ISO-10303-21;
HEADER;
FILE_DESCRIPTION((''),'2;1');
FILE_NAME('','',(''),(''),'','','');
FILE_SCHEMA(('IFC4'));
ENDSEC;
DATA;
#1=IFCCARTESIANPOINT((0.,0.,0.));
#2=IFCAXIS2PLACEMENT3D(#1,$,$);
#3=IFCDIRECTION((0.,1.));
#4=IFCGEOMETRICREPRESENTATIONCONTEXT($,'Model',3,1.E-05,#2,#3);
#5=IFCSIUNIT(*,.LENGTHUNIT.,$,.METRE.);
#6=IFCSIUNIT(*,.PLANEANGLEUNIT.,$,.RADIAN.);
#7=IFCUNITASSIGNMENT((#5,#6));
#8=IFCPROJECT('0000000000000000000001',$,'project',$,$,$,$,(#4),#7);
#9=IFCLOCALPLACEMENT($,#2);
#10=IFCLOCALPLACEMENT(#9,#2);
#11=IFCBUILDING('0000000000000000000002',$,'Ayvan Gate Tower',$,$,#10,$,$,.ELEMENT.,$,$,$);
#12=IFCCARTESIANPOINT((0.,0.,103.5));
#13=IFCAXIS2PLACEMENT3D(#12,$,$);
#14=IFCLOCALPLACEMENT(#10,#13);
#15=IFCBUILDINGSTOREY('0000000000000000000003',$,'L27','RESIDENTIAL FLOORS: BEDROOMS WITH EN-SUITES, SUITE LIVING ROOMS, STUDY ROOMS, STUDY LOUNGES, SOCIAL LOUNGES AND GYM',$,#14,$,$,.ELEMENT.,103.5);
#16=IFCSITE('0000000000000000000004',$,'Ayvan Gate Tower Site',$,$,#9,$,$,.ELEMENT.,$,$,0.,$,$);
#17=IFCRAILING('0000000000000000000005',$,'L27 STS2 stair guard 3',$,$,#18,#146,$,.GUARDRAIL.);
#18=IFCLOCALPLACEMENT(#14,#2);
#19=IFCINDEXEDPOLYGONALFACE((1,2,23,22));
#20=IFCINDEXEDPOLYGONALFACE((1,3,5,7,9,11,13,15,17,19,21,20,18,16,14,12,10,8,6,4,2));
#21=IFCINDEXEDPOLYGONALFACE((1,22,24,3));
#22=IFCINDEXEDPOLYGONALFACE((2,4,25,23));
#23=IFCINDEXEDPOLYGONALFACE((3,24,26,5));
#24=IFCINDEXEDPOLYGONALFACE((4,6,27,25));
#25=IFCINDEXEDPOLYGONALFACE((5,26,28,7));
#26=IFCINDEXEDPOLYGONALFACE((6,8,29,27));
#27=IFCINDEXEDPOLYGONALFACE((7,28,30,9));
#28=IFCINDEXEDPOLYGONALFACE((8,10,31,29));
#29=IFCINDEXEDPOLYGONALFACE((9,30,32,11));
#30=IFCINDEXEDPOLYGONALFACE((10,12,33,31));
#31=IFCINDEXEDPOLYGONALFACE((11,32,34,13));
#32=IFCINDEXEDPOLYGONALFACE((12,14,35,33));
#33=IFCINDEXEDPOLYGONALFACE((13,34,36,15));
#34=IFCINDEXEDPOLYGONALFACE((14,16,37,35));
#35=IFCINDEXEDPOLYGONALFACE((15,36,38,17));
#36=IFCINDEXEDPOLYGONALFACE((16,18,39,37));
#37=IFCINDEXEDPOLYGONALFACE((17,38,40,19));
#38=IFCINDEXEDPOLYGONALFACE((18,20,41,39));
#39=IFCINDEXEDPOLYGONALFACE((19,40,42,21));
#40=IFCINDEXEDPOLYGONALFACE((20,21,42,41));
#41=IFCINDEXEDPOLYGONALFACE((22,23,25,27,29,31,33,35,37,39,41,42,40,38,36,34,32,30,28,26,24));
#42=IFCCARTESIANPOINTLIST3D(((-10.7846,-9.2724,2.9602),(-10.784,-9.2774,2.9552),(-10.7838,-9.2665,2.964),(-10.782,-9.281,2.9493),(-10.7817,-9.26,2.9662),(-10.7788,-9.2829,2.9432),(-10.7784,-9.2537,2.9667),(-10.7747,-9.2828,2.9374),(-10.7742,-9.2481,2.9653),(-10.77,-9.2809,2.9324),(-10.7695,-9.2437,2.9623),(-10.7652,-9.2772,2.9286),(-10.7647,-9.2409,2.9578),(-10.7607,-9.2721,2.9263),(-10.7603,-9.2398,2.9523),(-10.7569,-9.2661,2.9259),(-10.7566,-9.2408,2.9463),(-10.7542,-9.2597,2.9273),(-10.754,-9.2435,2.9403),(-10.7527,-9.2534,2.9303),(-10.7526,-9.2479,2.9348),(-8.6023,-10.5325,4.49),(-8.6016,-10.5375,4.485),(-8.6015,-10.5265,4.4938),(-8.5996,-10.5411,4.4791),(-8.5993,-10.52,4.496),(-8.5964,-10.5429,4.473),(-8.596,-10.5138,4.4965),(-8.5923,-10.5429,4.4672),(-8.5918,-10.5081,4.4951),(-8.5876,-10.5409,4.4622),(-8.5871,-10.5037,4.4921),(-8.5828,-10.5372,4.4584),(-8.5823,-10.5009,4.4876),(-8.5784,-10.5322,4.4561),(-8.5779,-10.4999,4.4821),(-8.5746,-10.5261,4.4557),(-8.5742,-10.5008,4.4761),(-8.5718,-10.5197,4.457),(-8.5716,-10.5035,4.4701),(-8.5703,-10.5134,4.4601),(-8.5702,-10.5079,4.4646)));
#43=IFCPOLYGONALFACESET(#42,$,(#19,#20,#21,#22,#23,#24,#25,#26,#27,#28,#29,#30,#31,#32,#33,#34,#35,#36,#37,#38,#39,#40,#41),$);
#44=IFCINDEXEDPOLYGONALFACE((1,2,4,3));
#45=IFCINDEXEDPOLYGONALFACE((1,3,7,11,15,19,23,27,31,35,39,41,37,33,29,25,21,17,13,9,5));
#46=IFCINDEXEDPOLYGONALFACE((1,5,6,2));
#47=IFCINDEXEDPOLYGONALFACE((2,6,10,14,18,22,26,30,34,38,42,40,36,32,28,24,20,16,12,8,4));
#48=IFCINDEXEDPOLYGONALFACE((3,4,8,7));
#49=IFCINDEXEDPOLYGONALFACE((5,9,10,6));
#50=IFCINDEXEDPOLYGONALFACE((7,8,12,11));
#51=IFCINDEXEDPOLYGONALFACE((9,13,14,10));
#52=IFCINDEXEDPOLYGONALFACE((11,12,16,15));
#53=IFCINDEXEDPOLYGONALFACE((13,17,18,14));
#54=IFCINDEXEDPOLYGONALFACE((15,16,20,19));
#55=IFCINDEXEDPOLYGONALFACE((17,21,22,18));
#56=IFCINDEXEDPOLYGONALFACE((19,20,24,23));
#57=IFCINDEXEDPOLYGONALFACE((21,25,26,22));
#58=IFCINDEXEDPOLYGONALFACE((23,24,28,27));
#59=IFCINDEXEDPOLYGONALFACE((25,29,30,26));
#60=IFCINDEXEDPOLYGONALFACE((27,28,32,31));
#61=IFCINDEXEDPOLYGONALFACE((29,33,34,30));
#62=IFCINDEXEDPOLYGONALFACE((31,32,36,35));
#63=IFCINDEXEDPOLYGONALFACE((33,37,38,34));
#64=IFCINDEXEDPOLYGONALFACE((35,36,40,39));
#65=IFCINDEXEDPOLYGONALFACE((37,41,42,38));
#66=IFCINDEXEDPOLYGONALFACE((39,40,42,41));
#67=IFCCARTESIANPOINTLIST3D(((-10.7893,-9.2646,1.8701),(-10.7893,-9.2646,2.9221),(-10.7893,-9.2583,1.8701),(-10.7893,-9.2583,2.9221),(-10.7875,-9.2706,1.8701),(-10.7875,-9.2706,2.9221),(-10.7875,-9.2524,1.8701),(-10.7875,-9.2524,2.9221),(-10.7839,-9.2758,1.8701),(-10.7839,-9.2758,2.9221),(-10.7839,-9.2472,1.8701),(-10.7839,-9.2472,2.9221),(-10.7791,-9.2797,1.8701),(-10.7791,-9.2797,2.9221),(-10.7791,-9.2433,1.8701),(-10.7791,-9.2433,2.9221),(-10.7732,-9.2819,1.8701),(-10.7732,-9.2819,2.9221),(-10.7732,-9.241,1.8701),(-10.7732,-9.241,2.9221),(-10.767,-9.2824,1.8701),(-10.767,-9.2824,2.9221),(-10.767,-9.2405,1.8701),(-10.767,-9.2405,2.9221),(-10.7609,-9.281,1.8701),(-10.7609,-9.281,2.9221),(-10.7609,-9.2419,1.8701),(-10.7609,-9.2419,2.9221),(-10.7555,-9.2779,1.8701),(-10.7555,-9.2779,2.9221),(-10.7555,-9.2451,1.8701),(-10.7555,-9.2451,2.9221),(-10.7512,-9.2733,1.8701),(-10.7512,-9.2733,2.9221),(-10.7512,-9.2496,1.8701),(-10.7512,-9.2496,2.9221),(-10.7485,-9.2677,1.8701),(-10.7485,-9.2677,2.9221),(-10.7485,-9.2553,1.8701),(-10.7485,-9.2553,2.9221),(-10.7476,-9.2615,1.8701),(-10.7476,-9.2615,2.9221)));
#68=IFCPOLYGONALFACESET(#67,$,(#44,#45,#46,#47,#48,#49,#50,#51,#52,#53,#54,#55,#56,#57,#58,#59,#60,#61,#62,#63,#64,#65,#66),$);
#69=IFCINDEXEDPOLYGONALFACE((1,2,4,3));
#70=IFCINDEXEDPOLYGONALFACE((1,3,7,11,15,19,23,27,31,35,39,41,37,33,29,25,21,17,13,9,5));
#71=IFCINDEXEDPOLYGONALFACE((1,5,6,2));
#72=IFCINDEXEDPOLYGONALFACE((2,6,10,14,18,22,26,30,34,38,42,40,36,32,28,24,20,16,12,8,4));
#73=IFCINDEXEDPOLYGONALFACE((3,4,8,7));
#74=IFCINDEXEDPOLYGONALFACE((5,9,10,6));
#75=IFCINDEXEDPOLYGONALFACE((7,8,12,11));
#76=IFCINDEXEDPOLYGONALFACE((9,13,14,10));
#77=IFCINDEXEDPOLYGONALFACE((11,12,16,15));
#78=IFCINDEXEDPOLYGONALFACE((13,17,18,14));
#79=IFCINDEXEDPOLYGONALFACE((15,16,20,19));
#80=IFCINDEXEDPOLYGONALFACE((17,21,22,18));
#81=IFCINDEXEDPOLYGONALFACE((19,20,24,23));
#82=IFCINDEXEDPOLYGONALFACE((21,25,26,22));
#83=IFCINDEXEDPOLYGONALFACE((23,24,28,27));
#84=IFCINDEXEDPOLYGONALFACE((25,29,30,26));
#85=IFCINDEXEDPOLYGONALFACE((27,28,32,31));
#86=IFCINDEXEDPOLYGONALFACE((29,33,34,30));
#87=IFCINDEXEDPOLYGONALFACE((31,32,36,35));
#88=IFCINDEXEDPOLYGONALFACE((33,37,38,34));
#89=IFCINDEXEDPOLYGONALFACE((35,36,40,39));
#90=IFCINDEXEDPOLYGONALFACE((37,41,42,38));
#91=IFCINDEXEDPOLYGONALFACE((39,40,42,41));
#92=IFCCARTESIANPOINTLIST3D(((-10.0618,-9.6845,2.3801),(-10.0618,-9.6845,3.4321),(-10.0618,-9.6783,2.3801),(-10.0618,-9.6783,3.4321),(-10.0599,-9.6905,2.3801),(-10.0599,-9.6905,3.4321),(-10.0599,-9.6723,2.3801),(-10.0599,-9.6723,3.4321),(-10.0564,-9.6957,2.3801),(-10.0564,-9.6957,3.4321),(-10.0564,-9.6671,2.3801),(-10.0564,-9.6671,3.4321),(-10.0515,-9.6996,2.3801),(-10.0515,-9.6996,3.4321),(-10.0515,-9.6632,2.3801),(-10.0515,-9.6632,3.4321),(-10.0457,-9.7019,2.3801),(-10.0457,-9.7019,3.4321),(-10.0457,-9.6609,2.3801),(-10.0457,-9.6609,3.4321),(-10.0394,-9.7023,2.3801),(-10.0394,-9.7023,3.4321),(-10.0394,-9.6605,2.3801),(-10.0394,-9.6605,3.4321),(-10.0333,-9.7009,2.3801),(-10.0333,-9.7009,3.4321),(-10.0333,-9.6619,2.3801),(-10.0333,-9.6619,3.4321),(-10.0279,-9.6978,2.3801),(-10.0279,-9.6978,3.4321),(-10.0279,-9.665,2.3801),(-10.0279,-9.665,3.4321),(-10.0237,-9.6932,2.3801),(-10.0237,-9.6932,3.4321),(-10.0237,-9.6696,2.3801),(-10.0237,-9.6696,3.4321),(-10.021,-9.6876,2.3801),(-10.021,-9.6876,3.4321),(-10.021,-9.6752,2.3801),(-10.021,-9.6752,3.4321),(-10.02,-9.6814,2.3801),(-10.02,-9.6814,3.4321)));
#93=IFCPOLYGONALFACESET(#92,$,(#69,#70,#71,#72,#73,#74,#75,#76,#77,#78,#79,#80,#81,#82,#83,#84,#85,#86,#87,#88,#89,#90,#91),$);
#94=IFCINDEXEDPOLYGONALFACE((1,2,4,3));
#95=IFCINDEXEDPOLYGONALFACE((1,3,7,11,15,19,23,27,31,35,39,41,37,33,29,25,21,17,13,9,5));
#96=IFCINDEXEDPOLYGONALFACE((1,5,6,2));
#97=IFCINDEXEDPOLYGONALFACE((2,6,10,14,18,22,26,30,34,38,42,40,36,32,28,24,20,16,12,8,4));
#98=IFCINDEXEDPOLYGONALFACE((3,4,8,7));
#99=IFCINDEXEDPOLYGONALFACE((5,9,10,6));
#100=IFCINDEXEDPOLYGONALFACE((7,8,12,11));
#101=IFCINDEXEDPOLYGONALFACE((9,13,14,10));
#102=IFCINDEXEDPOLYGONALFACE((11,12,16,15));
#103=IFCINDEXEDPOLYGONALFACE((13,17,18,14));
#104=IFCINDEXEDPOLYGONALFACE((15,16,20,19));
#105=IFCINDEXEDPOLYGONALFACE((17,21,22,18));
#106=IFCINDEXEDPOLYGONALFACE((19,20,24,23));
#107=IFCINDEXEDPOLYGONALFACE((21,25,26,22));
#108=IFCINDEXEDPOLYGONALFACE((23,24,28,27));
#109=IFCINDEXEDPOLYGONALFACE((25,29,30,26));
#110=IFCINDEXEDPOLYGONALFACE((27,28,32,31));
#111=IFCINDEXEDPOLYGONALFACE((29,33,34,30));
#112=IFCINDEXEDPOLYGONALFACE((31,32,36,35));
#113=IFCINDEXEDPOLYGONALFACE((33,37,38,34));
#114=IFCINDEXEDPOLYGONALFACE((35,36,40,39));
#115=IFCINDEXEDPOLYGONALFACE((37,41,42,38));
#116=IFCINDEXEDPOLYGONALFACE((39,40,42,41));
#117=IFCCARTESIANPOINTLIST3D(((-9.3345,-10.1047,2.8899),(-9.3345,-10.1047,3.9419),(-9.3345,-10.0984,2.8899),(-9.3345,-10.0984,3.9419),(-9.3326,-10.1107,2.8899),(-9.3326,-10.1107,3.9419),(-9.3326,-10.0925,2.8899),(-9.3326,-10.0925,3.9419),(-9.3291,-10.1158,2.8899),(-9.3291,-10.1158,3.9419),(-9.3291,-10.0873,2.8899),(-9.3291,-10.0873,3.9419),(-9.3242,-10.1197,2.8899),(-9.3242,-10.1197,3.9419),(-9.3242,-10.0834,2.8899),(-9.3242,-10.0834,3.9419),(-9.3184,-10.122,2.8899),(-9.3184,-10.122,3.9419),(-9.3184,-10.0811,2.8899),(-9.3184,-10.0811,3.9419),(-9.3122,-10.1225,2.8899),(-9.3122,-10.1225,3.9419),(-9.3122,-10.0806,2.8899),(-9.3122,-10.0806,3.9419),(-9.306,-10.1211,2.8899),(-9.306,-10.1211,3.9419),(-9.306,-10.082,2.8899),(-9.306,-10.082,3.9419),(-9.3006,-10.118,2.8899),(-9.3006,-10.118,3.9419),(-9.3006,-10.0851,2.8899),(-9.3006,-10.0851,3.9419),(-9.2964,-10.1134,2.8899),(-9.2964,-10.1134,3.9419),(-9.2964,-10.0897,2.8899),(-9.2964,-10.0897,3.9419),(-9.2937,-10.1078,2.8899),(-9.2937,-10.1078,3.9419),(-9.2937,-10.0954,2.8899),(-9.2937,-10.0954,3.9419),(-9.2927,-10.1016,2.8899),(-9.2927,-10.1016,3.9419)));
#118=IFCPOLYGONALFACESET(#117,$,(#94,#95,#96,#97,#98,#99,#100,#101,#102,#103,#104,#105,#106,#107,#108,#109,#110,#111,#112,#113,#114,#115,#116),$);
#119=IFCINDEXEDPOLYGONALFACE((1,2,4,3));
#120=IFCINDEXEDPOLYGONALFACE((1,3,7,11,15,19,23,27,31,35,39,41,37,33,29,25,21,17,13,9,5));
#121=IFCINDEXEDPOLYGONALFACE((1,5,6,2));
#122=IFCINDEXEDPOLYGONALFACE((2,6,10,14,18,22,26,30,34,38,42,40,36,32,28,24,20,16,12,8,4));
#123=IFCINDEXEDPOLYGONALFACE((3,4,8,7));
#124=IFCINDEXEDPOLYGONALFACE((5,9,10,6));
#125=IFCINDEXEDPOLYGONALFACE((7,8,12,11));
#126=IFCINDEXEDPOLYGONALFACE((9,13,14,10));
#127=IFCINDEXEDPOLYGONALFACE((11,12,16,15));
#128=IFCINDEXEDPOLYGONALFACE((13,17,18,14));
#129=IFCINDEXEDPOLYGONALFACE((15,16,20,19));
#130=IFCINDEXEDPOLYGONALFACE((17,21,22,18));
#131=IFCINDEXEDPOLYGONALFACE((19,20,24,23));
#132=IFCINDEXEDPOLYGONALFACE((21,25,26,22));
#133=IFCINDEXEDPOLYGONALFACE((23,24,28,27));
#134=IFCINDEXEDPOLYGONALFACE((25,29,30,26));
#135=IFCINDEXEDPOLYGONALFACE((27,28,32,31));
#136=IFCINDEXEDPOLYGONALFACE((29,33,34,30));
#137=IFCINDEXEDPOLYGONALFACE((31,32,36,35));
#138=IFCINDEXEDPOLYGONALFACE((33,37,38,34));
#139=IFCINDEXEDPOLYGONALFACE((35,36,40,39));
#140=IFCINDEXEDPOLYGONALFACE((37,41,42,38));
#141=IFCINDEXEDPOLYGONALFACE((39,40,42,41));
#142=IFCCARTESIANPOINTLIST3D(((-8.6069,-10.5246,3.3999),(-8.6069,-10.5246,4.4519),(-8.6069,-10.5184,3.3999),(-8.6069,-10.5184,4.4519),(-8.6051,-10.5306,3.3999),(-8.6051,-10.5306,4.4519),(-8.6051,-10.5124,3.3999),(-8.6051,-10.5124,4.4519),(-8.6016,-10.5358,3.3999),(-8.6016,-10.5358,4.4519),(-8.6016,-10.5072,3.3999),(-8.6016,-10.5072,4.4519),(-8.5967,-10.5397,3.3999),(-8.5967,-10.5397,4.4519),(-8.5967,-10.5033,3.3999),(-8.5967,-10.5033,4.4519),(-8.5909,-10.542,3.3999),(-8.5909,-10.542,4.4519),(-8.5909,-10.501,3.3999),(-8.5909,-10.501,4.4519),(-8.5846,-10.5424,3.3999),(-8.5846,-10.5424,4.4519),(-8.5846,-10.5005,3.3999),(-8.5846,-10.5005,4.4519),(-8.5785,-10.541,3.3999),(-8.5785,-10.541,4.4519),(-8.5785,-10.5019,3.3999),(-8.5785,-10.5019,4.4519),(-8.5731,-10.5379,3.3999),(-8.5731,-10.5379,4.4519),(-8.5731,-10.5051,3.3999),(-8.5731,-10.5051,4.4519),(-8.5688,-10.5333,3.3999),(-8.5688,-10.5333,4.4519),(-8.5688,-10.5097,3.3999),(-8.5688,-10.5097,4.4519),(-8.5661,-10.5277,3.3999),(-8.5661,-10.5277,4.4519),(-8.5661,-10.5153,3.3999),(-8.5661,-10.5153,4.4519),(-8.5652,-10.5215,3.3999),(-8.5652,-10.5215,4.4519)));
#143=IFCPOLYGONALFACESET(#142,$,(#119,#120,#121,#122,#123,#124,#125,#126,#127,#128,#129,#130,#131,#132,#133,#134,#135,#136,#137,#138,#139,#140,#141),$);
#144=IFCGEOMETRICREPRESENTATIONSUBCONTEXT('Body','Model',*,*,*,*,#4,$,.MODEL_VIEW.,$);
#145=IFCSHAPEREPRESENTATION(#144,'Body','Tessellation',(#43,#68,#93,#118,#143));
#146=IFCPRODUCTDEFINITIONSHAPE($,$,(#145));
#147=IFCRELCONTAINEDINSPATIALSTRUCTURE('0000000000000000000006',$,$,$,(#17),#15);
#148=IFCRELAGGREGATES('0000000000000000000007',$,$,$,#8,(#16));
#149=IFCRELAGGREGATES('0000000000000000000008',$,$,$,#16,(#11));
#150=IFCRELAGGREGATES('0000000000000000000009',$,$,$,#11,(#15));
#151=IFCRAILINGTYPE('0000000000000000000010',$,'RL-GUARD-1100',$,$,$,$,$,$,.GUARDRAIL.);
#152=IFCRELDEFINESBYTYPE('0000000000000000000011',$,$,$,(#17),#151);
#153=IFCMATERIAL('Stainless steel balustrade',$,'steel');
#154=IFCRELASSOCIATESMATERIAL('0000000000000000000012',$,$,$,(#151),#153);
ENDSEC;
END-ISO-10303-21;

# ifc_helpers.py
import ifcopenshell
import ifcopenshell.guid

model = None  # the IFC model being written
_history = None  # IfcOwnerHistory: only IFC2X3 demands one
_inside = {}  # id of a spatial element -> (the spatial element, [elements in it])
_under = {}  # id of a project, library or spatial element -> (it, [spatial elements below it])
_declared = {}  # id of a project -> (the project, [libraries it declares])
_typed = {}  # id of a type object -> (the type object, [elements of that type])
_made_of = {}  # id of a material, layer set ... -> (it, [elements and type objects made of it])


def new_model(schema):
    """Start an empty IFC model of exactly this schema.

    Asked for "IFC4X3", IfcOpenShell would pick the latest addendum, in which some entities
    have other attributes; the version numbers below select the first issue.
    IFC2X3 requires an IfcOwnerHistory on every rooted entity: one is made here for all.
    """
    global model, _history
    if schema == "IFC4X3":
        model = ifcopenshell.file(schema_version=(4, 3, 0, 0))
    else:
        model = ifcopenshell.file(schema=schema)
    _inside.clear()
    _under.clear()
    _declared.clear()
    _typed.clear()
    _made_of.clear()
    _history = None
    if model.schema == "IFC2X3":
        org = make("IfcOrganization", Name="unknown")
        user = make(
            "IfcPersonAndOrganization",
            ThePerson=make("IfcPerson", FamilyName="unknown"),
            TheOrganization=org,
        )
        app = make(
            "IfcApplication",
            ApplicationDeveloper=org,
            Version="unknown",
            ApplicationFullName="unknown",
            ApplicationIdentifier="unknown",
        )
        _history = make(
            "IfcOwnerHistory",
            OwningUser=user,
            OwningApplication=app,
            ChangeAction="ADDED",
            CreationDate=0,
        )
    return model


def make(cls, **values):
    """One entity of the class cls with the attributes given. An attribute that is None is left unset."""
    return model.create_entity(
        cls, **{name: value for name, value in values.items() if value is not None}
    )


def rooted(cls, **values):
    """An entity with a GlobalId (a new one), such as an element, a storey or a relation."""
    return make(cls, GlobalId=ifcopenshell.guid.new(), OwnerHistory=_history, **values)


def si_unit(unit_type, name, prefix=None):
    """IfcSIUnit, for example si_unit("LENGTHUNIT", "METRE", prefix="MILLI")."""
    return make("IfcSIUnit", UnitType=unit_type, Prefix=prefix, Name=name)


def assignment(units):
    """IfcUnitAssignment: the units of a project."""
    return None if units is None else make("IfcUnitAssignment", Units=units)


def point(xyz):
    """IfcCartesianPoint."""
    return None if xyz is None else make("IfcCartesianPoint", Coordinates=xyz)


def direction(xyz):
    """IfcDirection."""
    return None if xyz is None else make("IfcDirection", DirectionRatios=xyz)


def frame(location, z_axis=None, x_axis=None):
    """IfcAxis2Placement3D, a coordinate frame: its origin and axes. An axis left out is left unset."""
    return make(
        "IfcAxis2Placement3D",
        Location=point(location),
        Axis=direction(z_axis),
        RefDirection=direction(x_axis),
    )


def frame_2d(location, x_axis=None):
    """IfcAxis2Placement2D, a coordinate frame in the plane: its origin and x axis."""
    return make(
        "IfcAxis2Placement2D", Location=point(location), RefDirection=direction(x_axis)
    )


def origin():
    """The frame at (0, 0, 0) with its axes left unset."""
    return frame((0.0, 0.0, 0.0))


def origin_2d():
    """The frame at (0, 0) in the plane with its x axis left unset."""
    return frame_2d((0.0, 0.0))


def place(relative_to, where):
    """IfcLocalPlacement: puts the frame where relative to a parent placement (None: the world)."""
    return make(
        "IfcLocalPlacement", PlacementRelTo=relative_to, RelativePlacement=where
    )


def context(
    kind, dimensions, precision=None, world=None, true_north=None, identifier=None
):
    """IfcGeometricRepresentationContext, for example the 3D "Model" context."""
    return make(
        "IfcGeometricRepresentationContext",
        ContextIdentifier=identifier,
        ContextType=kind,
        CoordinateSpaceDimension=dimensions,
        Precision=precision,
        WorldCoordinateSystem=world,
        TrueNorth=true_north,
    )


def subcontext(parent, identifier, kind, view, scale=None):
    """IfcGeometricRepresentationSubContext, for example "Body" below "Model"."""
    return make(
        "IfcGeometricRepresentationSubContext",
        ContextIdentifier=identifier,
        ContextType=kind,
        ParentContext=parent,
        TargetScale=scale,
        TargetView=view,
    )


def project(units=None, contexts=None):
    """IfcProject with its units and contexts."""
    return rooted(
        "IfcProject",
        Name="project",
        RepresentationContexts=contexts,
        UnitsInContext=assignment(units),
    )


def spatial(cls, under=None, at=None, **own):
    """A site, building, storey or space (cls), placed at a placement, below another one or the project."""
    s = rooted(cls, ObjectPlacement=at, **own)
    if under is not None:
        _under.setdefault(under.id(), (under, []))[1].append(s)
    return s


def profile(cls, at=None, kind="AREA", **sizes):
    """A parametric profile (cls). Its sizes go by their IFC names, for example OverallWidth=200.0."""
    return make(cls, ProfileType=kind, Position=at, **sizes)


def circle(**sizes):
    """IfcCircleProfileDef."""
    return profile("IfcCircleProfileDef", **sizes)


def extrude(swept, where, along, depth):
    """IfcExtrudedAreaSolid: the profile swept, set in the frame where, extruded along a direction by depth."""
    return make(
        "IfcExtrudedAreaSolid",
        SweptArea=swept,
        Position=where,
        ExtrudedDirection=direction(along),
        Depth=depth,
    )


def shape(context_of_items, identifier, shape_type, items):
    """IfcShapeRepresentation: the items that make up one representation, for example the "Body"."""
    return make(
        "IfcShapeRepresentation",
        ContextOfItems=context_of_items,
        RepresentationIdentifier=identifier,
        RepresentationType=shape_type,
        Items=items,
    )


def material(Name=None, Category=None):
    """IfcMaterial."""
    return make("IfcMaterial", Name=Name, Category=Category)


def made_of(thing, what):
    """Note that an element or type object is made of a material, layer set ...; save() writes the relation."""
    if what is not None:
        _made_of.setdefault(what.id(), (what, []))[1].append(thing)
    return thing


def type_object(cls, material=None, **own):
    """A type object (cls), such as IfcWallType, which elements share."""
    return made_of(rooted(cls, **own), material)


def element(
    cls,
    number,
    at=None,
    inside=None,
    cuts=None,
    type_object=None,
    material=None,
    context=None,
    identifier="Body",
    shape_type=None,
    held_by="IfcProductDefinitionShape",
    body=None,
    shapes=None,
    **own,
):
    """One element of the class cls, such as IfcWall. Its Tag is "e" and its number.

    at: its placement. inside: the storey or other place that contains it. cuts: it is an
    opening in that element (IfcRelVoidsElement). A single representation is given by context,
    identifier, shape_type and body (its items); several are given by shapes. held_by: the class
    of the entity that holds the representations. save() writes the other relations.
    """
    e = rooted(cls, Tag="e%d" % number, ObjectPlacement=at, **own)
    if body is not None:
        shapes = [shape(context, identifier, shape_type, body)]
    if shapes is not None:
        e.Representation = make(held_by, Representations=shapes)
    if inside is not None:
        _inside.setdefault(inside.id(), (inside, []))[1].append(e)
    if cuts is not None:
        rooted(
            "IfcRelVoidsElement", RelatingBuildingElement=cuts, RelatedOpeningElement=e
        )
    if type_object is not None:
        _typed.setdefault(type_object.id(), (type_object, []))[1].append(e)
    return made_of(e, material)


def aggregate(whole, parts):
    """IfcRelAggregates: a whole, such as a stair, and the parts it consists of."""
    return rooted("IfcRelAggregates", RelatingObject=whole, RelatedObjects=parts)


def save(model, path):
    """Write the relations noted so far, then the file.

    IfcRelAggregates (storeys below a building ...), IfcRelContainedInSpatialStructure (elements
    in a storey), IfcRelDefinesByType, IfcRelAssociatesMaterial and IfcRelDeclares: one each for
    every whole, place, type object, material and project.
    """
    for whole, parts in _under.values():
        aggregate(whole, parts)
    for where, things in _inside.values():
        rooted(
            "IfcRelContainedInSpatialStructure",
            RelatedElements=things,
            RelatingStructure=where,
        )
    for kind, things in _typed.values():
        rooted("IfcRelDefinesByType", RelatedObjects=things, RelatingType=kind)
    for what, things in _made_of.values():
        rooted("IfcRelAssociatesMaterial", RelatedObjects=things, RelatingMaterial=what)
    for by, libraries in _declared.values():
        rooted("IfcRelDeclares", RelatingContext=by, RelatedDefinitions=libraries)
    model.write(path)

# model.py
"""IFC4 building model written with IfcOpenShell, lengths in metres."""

from ifc_helpers import new_model, si_unit, direction, frame, origin, origin_2d, place, context, subcontext, project, spatial, circle, extrude, material, type_object, element, save


model = new_model("IFC4")

# Units and contexts
model_context = context("Model", 3, precision=1e-05, world=origin(), true_north=direction((0.0, 1.0)))
body_context = subcontext(model_context, "Body", "Model", "MODEL_VIEW")
ifc_project = project(units=[si_unit("LENGTHUNIT", "METRE"), si_unit("PLANEANGLEUNIT", "RADIAN")], contexts=[model_context])

# Site, building, storey
site_placement = place(None, origin())
site = spatial("IfcSite", under=ifc_project, at=site_placement, Name="Ayvan Gate Tower Site", CompositionType="ELEMENT", RefElevation=0.0)
building_placement = place(site_placement, origin())
building = spatial("IfcBuilding", under=site, at=building_placement, Name="Ayvan Gate Tower", CompositionType="ELEMENT")
storey_placement = place(building_placement, frame((0.0, 0.0, 103.5)))
storey = spatial("IfcBuildingStorey", under=building, at=storey_placement, Name="L27", Description="RESIDENTIAL FLOORS: BEDROOMS WITH EN-SUITES, SUITE LIVING ROOMS, STUDY ROOMS, STUDY LOUNGES, SOCIAL LOUNGES AND GYM", CompositionType="ELEMENT", Elevation=103.5)

# Railing
ifc_material_1 = material(Name="Stainless steel balustrade", Category="steel")
railing_type_1 = type_object("IfcRailingType", Name="RL-GUARD-1100", PredefinedType="GUARDRAIL", material=ifc_material_1)
railing_1_placement = place(storey_placement, frame((-10.7686, -9.2615, 1.8701)))
element("IfcRailing", 1, at=railing_1_placement, inside=storey, type_object=railing_type_1, Name="L27 STS2 stair guard 3", PredefinedType="GUARDRAIL", context=body_context, shape_type="SweptSolid", body=[
    extrude(circle(Radius=0.0239, at=origin_2d()), frame((0.0, 0.0, 1.0762), z_axis=(0.740293, -0.427414, 0.518926), x_axis=(0.500005, 0.866023, 0.0)), (0.0, 0.0, 1.0), 2.948),
    extrude(circle(Radius=0.021, at=origin_2d()), origin(), (0.0, 0.0, 1.0), 1.052),
    extrude(circle(Radius=0.021, at=origin_2d()), frame((0.7275, -0.4199, 0.51)), (0.0, 0.0, 1.0), 1.052),
    extrude(circle(Radius=0.021, at=origin_2d()), frame((1.4548, -0.8401, 1.0198)), (0.0, 0.0, 1.0), 1.052),
    extrude(circle(Radius=0.021, at=origin_2d()), frame((2.1824, -1.26, 1.5298)), (0.0, 0.0, 1.0), 1.052),
])

save(model, "model.ifc")
